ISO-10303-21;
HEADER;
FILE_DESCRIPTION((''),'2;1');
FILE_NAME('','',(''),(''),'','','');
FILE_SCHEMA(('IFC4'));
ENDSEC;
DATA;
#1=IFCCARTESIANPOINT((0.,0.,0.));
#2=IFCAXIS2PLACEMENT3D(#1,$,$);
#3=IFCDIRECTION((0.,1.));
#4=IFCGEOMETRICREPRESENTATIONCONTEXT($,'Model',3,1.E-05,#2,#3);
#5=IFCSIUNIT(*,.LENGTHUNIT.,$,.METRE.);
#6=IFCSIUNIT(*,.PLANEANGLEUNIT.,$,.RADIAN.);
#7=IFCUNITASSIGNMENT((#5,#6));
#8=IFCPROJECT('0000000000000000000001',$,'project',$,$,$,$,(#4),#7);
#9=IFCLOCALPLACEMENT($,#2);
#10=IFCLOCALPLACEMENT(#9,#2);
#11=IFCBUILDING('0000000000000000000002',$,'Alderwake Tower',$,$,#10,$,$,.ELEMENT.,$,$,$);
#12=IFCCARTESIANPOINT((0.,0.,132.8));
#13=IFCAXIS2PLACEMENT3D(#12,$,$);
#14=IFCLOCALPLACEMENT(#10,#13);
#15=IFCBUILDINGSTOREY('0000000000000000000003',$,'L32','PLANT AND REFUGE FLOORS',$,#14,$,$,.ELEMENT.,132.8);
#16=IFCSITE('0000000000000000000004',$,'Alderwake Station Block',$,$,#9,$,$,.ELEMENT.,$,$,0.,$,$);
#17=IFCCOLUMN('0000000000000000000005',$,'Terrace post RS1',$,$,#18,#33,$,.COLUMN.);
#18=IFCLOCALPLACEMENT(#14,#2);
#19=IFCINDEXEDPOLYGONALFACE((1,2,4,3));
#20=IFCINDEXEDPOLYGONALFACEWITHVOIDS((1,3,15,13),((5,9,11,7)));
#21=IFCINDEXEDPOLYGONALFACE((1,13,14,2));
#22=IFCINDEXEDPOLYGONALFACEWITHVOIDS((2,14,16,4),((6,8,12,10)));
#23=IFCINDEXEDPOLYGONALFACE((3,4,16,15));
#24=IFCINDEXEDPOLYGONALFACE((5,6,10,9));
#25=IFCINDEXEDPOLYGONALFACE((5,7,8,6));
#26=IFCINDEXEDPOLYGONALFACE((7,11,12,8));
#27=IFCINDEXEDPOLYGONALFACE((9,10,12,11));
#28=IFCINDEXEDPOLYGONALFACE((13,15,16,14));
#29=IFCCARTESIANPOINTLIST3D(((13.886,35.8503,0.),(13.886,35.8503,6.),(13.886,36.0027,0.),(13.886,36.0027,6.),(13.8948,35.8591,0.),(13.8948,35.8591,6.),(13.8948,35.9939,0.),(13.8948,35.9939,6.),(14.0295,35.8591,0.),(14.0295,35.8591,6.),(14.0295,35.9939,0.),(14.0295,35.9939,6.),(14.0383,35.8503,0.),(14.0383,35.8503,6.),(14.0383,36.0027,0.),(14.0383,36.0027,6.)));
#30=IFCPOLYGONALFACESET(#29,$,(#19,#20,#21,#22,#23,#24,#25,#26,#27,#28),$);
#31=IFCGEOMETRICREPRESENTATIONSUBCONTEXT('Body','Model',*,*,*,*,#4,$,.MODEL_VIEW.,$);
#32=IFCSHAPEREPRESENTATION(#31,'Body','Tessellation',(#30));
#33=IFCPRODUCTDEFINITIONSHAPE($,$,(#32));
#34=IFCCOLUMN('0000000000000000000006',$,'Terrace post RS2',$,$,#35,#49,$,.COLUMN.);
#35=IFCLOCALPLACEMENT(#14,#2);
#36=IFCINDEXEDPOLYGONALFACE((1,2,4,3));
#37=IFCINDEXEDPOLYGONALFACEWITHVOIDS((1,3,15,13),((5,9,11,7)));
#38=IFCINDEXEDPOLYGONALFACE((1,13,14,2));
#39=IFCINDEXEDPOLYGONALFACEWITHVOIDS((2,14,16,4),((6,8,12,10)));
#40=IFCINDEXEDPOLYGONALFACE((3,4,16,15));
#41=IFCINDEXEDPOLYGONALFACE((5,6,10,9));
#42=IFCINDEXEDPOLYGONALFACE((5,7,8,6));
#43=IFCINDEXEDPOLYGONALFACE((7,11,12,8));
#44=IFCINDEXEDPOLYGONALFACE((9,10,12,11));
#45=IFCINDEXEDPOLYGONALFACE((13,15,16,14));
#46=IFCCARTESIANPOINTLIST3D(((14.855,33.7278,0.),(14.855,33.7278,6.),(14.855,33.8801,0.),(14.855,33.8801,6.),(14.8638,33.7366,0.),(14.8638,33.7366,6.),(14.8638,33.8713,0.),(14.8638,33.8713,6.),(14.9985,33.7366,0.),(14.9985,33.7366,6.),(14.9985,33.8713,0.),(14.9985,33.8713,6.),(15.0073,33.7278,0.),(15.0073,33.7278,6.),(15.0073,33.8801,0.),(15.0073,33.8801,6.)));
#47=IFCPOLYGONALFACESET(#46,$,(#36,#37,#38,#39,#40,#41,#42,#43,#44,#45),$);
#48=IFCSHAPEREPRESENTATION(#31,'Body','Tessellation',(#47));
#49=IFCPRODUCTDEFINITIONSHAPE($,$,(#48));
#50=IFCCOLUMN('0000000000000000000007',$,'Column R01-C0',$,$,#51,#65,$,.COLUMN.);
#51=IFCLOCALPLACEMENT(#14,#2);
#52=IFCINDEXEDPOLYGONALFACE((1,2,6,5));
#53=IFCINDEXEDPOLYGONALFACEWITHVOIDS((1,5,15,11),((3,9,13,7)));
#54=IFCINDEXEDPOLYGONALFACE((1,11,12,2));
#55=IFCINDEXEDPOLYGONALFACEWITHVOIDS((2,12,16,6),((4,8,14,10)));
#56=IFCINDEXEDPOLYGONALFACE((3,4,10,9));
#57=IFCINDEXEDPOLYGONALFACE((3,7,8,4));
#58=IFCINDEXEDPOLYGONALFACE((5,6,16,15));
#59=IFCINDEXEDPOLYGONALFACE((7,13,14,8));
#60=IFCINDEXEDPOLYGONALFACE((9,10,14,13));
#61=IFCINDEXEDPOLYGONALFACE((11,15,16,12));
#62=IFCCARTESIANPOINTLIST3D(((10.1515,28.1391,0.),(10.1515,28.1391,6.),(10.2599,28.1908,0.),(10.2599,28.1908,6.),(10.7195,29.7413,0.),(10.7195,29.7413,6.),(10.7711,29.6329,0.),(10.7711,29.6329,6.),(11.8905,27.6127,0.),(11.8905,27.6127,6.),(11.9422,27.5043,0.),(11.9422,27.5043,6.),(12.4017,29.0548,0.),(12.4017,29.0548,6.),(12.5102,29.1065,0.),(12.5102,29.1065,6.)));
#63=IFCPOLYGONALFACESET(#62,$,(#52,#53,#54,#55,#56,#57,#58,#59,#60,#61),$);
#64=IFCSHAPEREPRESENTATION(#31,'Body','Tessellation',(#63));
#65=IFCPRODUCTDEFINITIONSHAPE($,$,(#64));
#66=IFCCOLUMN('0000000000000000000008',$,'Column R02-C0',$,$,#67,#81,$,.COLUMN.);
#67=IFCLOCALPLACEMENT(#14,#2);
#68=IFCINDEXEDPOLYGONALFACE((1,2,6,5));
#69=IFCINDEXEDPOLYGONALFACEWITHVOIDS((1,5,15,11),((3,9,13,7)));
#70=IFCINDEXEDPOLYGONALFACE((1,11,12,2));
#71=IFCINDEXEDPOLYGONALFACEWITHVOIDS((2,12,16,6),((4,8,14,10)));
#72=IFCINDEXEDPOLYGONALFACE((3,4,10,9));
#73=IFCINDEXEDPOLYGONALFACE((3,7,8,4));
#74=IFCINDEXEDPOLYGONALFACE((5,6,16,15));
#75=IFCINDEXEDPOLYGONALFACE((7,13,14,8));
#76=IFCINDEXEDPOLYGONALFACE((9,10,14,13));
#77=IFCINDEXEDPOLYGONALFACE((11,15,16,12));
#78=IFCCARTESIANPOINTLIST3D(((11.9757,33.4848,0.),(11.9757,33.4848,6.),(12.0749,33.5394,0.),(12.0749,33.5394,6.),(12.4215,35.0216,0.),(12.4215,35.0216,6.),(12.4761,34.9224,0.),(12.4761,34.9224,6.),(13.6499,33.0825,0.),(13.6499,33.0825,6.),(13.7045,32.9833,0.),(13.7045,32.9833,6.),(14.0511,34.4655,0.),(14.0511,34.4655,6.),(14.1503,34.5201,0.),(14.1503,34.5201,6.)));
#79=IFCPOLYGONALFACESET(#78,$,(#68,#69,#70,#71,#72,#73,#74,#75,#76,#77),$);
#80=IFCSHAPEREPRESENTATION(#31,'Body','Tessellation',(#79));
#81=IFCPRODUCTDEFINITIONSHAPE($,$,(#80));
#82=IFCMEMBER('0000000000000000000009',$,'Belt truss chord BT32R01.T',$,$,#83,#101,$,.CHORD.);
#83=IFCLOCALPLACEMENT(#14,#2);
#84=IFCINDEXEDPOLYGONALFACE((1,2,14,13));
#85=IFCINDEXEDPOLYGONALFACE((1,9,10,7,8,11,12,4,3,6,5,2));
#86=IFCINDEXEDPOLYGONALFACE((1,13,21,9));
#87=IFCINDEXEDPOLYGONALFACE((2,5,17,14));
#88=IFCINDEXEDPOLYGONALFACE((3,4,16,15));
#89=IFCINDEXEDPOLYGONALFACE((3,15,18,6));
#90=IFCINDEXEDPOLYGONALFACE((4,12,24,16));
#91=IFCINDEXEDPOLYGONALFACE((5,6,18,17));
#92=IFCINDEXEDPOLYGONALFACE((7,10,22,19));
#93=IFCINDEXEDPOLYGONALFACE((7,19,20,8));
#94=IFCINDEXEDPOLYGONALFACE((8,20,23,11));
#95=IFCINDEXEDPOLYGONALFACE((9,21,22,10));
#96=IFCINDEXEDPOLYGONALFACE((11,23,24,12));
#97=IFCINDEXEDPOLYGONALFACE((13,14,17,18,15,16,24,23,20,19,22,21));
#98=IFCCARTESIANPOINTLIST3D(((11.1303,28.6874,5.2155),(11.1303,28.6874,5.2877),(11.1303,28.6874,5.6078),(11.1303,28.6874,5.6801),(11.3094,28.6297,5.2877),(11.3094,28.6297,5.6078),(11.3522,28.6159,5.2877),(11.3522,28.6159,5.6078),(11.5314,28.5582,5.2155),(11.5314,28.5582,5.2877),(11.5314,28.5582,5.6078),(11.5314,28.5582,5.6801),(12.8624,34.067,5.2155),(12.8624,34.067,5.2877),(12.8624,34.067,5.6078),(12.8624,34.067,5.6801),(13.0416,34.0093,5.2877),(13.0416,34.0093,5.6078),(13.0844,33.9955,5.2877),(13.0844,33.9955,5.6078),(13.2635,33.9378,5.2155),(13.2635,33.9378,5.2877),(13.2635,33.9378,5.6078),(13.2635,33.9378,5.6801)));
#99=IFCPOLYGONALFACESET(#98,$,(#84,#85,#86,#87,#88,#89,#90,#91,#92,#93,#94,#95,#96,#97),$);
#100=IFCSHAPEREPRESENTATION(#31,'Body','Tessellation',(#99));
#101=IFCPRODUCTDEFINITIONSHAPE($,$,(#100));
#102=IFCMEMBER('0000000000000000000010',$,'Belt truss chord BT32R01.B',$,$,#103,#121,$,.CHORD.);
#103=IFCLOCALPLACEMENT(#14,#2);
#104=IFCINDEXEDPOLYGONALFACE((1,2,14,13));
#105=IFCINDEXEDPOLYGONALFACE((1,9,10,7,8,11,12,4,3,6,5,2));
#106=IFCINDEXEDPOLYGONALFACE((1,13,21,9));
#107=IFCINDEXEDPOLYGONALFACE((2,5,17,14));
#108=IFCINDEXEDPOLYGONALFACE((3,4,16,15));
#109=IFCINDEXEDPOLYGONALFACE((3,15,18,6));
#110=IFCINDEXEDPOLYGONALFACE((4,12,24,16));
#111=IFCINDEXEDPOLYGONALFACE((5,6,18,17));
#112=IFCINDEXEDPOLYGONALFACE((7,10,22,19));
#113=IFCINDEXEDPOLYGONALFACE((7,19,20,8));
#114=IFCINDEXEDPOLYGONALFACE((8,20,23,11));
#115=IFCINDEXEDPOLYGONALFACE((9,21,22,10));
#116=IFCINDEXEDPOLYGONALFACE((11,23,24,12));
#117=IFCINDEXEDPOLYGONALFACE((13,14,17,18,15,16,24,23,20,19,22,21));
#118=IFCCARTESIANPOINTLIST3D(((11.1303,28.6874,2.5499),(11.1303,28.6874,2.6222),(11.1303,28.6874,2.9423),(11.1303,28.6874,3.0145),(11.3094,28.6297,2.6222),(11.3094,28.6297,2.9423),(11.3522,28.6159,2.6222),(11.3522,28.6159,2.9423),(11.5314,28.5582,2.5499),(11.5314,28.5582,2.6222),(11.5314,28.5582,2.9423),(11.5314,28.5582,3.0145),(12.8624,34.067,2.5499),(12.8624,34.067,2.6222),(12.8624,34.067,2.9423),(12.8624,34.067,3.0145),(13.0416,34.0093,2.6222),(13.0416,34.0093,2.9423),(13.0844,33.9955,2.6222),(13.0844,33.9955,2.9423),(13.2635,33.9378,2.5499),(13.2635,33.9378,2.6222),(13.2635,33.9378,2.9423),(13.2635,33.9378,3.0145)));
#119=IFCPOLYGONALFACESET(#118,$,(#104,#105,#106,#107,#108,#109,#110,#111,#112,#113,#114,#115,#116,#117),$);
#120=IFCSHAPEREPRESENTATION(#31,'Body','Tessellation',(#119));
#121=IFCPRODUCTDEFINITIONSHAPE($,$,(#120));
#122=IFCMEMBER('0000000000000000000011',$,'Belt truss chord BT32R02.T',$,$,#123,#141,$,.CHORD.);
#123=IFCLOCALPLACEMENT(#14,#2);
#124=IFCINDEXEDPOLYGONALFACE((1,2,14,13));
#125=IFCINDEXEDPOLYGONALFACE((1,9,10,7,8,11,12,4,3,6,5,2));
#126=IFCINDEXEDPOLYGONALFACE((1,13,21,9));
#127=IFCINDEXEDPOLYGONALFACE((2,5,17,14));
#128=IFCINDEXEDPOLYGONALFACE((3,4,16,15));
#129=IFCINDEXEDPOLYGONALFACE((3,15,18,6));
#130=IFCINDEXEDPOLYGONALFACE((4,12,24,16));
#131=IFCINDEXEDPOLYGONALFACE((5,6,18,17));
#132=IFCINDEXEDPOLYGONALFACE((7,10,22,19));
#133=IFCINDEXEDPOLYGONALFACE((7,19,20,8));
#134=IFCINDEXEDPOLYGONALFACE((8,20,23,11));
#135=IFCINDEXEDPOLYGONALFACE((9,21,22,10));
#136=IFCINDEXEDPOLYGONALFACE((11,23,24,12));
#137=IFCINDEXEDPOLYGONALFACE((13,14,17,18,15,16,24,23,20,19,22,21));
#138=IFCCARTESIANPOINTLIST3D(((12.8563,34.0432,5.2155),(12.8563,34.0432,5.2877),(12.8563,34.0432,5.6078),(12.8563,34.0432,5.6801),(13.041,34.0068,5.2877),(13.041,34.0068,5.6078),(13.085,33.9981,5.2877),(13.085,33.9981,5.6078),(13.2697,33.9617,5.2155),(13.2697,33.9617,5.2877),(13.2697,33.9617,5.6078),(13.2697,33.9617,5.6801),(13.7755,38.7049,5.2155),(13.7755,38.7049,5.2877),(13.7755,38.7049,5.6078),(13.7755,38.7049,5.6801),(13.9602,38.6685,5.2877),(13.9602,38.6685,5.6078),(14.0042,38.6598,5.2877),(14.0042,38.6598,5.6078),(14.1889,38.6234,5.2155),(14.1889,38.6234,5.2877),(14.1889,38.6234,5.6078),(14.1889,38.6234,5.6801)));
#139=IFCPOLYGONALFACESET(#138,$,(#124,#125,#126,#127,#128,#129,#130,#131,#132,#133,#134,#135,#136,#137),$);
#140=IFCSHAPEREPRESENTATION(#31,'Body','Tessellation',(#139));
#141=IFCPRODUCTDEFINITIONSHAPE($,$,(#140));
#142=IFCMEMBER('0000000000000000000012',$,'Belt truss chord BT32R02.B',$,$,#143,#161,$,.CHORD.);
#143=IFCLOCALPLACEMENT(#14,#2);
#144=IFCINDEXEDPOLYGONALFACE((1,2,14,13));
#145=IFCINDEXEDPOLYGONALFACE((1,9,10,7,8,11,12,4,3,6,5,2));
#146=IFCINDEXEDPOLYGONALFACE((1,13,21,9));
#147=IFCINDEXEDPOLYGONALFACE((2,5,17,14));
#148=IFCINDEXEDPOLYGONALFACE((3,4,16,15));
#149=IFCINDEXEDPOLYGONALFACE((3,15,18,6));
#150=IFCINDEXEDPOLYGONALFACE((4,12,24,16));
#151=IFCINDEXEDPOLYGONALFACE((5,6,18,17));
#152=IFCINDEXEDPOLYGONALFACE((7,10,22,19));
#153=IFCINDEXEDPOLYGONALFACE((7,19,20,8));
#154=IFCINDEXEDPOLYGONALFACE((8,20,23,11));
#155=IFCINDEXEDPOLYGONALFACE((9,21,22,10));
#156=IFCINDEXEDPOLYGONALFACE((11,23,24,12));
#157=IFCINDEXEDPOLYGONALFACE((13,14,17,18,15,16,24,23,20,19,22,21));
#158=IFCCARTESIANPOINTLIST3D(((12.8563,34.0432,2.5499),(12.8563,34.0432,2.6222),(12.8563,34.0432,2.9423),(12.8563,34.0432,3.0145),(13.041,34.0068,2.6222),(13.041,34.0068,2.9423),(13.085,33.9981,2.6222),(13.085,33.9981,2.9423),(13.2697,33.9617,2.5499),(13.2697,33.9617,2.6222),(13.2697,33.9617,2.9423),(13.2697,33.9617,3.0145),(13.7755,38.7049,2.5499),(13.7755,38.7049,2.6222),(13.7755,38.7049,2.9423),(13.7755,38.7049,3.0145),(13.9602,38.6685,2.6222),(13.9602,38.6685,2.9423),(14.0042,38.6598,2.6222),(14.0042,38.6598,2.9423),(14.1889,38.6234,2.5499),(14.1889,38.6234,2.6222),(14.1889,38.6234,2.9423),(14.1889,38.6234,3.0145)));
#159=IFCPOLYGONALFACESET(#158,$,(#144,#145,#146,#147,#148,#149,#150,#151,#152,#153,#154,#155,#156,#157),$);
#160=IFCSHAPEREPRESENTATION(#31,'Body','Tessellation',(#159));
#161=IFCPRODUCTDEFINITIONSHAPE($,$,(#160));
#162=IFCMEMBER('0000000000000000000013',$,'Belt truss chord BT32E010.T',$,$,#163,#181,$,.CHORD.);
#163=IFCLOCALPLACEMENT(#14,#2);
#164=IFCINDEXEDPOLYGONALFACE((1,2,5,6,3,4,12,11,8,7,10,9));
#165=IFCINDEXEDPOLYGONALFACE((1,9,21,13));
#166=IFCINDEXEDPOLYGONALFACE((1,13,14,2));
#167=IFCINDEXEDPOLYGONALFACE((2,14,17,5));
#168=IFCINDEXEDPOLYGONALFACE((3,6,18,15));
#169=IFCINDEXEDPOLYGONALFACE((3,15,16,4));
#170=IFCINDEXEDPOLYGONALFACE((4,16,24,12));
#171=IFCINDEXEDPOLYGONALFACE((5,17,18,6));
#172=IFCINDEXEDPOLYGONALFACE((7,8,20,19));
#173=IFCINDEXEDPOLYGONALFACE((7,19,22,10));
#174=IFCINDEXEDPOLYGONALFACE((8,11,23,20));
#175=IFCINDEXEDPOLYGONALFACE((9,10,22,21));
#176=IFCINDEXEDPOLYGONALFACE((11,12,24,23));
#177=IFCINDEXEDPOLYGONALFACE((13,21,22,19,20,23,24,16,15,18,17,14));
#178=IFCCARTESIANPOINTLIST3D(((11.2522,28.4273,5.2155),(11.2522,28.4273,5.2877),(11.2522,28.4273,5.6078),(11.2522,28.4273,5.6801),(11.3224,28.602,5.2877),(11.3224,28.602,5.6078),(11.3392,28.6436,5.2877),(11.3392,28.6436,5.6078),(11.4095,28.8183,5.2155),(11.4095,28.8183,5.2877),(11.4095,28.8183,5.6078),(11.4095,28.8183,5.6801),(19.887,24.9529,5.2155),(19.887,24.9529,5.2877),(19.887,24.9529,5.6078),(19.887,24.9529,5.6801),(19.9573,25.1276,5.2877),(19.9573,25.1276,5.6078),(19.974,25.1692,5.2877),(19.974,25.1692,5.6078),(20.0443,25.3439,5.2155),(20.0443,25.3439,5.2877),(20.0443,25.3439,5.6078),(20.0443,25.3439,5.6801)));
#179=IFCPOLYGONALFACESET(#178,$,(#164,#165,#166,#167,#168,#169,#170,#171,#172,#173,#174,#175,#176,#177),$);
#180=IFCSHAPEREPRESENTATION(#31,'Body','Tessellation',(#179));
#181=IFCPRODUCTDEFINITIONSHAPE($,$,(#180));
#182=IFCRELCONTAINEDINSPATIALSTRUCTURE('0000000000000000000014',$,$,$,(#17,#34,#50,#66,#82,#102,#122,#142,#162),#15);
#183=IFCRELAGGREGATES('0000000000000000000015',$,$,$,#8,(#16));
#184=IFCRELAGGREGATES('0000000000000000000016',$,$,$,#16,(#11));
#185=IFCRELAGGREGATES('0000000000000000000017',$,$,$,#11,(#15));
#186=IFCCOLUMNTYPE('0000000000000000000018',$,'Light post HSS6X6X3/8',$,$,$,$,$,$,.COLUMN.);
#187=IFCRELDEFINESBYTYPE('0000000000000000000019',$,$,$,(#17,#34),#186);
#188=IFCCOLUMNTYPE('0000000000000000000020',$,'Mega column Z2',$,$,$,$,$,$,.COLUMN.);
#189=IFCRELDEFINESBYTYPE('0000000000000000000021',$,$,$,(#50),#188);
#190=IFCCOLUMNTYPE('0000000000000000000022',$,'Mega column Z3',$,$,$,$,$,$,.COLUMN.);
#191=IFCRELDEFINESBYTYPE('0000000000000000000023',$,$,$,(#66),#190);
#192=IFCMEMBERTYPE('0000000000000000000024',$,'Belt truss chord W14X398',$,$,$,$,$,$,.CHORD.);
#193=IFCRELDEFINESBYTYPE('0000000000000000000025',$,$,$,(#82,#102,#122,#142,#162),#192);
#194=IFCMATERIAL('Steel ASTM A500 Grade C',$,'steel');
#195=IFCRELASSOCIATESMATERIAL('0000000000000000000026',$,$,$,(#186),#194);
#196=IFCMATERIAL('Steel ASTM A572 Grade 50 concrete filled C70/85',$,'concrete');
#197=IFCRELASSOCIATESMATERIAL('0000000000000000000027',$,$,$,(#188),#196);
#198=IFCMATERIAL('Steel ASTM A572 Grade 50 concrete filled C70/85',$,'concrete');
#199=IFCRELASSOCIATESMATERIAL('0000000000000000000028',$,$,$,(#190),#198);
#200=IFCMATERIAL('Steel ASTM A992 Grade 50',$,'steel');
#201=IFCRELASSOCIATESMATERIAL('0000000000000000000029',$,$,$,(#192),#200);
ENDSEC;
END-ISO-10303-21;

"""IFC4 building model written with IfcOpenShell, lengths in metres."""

from ifc_helpers import new_model, si_unit, direction, frame, origin, origin_2d, place, context, subcontext, project, spatial, hollow_rectangle, i_section, extrude, material, material_profile, profile_set, type_object, element, save


model = new_model("IFC4")

# Units and contexts
model_context = context("Model", 3, precision=1e-05, world=origin(), true_north=direction((0.0, 1.0)))
body_context = subcontext(model_context, "Body", "Model", "MODEL_VIEW")
ifc_project = project(units=[si_unit("LENGTHUNIT", "METRE"), si_unit("PLANEANGLEUNIT", "RADIAN")], contexts=[model_context])

# Site, building, storey
site_placement = place(None, origin())
site = spatial("IfcSite", under=ifc_project, at=site_placement, Name="Alderwake Station Block", CompositionType="ELEMENT", RefElevation=0.0)
building_placement = place(site_placement, origin())
building = spatial("IfcBuilding", under=site, at=building_placement, Name="Alderwake Tower", CompositionType="ELEMENT")
storey_placement = place(building_placement, frame((0.0, 0.0, 132.8)))
storey = spatial("IfcBuildingStorey", under=building, at=storey_placement, Name="L32", Description="PLANT AND REFUGE FLOORS", CompositionType="ELEMENT", Elevation=132.8)

# Columns
ifc_material_1 = material(Name="Steel ASTM A500 Grade C", Category="steel")
ifc_material_profile_1 = material_profile(ifc_material_1, hollow_rectangle(XDim=0.1523, YDim=0.1523, WallThickness=0.0088, at=origin_2d()), Name="HSS6X6X3/8")
ifc_profile_set_1 = profile_set([ifc_material_profile_1], Name="Steel ASTM A500 Grade C")
column_type_1 = type_object("IfcColumnType", Name="Light post HSS6X6X3/8", PredefinedType="COLUMN", material=ifc_profile_set_1)
for number, where, z_axis, x_axis, name in (
    (1, (13.9622, 35.9265, 0.0), (0.0, 0.0, 1.0), (1.0, 0.0, 0.0), "Terrace post RS1"),
    (2, (14.9312, 33.804, 0.0), (0.0, 0.0, 1.0), (1.0, 0.0, 0.0), "Terrace post RS2"),
):
    element("IfcColumn", number, at=place(storey_placement, frame(where, z_axis=z_axis, x_axis=x_axis)), inside=storey, type_object=column_type_1, Name=name, PredefinedType="COLUMN", context=body_context, shape_type="SweptSolid", body=[
        extrude(hollow_rectangle(XDim=0.1523, YDim=0.1523, WallThickness=0.0088, at=origin_2d()), origin(), (0.0, 0.0, 1.0), 6.0),
    ])
ifc_material_2 = material(Name="Steel ASTM A572 Grade 50 concrete filled C70/85", Category="concrete")
ifc_material_profile_2 = material_profile(ifc_material_2, hollow_rectangle(XDim=1.7, YDim=1.8999, WallThickness=0.085, at=origin_2d()), Name="BOX 1900X1700X85")
ifc_profile_set_2 = profile_set([ifc_material_profile_2], Name="Steel ASTM A572 Grade 50 concrete filled C70/85")
column_type_2 = type_object("IfcColumnType", Name="Mega column Z2", PredefinedType="COLUMN", material=ifc_profile_set_2)
column_1_placement = place(storey_placement, frame((11.3308, 28.6228, 0.0), z_axis=(0.0, 0.0, 1.0), x_axis=(0.334131, 0.942527, 0.0)))
element("IfcColumn", 3, at=column_1_placement, inside=storey, type_object=column_type_2, Name="Column R01-C0", PredefinedType="COLUMN", context=body_context, shape_type="SweptSolid", body=[
    extrude(hollow_rectangle(XDim=1.7, YDim=1.8999, WallThickness=0.085, at=origin_2d()), origin(), (0.0, 0.0, 1.0), 6.0),
])
ifc_material_3 = material(Name="Steel ASTM A572 Grade 50 concrete filled C70/85", Category="concrete")
ifc_material_profile_3 = material_profile(ifc_material_3, hollow_rectangle(XDim=1.6001, YDim=1.8, WallThickness=0.0801, at=origin_2d()), Name="BOX 1800X1600X80")
ifc_profile_set_3 = profile_set([ifc_material_profile_3], Name="Steel ASTM A572 Grade 50 concrete filled C70/85")
column_type_3 = type_object("IfcColumnType", Name="Mega column Z3", PredefinedType="COLUMN", material=ifc_profile_set_3)
column_2_placement = place(storey_placement, frame((13.063, 34.0024, 0.0), z_axis=(0.0, 0.0, 1.0), x_axis=(0.278612, 0.960404, 0.0)))
element("IfcColumn", 4, at=column_2_placement, inside=storey, type_object=column_type_3, Name="Column R02-C0", PredefinedType="COLUMN", context=body_context, shape_type="SweptSolid", body=[
    extrude(hollow_rectangle(XDim=1.6001, YDim=1.8, WallThickness=0.0801, at=origin_2d()), origin(), (0.0, 0.0, 1.0), 6.0),
])

# Members
ifc_material_4 = material(Name="Steel ASTM A992 Grade 50", Category="steel")
ifc_material_profile_4 = material_profile(ifc_material_4, i_section(OverallWidth=0.4214, OverallDepth=0.4646, WebThickness=0.0449, FlangeThickness=0.0723, at=origin_2d()), Name="W14X398")
ifc_profile_set_4 = profile_set([ifc_material_profile_4], Name="Steel ASTM A992 Grade 50")
member_type_1 = type_object("IfcMemberType", Name="Belt truss chord W14X398", PredefinedType="CHORD", material=ifc_profile_set_4)
for number, where, z_axis, x_axis, name in (
    (5, (11.3308, 28.6228, 5.4478), (0.306492, 0.951873, 0.0), (-0.951873, 0.306492, 0.0), "Belt truss chord BT32R01.T"),
    (6, (11.3308, 28.6228, 2.7822), (0.306492, 0.951873, 0.0), (-0.951873, 0.306492, 0.0), "Belt truss chord BT32R01.B"),
):
    element("IfcMember", number, at=place(storey_placement, frame(where, z_axis=z_axis, x_axis=x_axis)), inside=storey, type_object=member_type_1, Name=name, PredefinedType="CHORD", context=body_context, shape_type="SweptSolid", body=[
        extrude(i_section(OverallWidth=0.4214, OverallDepth=0.4646, WebThickness=0.0449, FlangeThickness=0.0723, at=origin_2d()), origin(), (0.0, 0.0, 1.0), 5.6516),
    ])
for number, where, z_axis, x_axis, name in (
    (7, (13.063, 34.0024, 5.4478), (0.193457, 0.981109, 0.0), (-0.981109, 0.193457, 0.0), "Belt truss chord BT32R02.T"),
    (8, (13.063, 34.0024, 2.7822), (0.193457, 0.981109, 0.0), (-0.981109, 0.193457, 0.0), "Belt truss chord BT32R02.B"),
):
    element("IfcMember", number, at=place(storey_placement, frame(where, z_axis=z_axis, x_axis=x_axis)), inside=storey, type_object=member_type_1, Name=name, PredefinedType="CHORD", context=body_context, shape_type="SweptSolid", body=[
        extrude(i_section(OverallWidth=0.4214, OverallDepth=0.4646, WebThickness=0.0449, FlangeThickness=0.0723, at=origin_2d()), origin(), (0.0, 0.0, 1.0), 4.7515),
    ])
for number, where, z_axis, x_axis, name in (
    (9, (11.3308, 28.6228, 5.4478), (0.927717, -0.373285, 0.0), (0.373285, 0.927717, 0.0), "Belt truss chord BT32E010.T"),
):
    element("IfcMember", number, at=place(storey_placement, frame(where, z_axis=z_axis, x_axis=x_axis)), inside=storey, type_object=member_type_1, Name=name, PredefinedType="CHORD", context=body_context, shape_type="SweptSolid", body=[
        extrude(i_section(OverallWidth=0.4214, OverallDepth=0.4646, WebThickness=0.0449, FlangeThickness=0.0723, at=origin_2d()), origin(), (0.0, 0.0, 1.0), 9.3076),
    ])

save(model, "model.ifc")
